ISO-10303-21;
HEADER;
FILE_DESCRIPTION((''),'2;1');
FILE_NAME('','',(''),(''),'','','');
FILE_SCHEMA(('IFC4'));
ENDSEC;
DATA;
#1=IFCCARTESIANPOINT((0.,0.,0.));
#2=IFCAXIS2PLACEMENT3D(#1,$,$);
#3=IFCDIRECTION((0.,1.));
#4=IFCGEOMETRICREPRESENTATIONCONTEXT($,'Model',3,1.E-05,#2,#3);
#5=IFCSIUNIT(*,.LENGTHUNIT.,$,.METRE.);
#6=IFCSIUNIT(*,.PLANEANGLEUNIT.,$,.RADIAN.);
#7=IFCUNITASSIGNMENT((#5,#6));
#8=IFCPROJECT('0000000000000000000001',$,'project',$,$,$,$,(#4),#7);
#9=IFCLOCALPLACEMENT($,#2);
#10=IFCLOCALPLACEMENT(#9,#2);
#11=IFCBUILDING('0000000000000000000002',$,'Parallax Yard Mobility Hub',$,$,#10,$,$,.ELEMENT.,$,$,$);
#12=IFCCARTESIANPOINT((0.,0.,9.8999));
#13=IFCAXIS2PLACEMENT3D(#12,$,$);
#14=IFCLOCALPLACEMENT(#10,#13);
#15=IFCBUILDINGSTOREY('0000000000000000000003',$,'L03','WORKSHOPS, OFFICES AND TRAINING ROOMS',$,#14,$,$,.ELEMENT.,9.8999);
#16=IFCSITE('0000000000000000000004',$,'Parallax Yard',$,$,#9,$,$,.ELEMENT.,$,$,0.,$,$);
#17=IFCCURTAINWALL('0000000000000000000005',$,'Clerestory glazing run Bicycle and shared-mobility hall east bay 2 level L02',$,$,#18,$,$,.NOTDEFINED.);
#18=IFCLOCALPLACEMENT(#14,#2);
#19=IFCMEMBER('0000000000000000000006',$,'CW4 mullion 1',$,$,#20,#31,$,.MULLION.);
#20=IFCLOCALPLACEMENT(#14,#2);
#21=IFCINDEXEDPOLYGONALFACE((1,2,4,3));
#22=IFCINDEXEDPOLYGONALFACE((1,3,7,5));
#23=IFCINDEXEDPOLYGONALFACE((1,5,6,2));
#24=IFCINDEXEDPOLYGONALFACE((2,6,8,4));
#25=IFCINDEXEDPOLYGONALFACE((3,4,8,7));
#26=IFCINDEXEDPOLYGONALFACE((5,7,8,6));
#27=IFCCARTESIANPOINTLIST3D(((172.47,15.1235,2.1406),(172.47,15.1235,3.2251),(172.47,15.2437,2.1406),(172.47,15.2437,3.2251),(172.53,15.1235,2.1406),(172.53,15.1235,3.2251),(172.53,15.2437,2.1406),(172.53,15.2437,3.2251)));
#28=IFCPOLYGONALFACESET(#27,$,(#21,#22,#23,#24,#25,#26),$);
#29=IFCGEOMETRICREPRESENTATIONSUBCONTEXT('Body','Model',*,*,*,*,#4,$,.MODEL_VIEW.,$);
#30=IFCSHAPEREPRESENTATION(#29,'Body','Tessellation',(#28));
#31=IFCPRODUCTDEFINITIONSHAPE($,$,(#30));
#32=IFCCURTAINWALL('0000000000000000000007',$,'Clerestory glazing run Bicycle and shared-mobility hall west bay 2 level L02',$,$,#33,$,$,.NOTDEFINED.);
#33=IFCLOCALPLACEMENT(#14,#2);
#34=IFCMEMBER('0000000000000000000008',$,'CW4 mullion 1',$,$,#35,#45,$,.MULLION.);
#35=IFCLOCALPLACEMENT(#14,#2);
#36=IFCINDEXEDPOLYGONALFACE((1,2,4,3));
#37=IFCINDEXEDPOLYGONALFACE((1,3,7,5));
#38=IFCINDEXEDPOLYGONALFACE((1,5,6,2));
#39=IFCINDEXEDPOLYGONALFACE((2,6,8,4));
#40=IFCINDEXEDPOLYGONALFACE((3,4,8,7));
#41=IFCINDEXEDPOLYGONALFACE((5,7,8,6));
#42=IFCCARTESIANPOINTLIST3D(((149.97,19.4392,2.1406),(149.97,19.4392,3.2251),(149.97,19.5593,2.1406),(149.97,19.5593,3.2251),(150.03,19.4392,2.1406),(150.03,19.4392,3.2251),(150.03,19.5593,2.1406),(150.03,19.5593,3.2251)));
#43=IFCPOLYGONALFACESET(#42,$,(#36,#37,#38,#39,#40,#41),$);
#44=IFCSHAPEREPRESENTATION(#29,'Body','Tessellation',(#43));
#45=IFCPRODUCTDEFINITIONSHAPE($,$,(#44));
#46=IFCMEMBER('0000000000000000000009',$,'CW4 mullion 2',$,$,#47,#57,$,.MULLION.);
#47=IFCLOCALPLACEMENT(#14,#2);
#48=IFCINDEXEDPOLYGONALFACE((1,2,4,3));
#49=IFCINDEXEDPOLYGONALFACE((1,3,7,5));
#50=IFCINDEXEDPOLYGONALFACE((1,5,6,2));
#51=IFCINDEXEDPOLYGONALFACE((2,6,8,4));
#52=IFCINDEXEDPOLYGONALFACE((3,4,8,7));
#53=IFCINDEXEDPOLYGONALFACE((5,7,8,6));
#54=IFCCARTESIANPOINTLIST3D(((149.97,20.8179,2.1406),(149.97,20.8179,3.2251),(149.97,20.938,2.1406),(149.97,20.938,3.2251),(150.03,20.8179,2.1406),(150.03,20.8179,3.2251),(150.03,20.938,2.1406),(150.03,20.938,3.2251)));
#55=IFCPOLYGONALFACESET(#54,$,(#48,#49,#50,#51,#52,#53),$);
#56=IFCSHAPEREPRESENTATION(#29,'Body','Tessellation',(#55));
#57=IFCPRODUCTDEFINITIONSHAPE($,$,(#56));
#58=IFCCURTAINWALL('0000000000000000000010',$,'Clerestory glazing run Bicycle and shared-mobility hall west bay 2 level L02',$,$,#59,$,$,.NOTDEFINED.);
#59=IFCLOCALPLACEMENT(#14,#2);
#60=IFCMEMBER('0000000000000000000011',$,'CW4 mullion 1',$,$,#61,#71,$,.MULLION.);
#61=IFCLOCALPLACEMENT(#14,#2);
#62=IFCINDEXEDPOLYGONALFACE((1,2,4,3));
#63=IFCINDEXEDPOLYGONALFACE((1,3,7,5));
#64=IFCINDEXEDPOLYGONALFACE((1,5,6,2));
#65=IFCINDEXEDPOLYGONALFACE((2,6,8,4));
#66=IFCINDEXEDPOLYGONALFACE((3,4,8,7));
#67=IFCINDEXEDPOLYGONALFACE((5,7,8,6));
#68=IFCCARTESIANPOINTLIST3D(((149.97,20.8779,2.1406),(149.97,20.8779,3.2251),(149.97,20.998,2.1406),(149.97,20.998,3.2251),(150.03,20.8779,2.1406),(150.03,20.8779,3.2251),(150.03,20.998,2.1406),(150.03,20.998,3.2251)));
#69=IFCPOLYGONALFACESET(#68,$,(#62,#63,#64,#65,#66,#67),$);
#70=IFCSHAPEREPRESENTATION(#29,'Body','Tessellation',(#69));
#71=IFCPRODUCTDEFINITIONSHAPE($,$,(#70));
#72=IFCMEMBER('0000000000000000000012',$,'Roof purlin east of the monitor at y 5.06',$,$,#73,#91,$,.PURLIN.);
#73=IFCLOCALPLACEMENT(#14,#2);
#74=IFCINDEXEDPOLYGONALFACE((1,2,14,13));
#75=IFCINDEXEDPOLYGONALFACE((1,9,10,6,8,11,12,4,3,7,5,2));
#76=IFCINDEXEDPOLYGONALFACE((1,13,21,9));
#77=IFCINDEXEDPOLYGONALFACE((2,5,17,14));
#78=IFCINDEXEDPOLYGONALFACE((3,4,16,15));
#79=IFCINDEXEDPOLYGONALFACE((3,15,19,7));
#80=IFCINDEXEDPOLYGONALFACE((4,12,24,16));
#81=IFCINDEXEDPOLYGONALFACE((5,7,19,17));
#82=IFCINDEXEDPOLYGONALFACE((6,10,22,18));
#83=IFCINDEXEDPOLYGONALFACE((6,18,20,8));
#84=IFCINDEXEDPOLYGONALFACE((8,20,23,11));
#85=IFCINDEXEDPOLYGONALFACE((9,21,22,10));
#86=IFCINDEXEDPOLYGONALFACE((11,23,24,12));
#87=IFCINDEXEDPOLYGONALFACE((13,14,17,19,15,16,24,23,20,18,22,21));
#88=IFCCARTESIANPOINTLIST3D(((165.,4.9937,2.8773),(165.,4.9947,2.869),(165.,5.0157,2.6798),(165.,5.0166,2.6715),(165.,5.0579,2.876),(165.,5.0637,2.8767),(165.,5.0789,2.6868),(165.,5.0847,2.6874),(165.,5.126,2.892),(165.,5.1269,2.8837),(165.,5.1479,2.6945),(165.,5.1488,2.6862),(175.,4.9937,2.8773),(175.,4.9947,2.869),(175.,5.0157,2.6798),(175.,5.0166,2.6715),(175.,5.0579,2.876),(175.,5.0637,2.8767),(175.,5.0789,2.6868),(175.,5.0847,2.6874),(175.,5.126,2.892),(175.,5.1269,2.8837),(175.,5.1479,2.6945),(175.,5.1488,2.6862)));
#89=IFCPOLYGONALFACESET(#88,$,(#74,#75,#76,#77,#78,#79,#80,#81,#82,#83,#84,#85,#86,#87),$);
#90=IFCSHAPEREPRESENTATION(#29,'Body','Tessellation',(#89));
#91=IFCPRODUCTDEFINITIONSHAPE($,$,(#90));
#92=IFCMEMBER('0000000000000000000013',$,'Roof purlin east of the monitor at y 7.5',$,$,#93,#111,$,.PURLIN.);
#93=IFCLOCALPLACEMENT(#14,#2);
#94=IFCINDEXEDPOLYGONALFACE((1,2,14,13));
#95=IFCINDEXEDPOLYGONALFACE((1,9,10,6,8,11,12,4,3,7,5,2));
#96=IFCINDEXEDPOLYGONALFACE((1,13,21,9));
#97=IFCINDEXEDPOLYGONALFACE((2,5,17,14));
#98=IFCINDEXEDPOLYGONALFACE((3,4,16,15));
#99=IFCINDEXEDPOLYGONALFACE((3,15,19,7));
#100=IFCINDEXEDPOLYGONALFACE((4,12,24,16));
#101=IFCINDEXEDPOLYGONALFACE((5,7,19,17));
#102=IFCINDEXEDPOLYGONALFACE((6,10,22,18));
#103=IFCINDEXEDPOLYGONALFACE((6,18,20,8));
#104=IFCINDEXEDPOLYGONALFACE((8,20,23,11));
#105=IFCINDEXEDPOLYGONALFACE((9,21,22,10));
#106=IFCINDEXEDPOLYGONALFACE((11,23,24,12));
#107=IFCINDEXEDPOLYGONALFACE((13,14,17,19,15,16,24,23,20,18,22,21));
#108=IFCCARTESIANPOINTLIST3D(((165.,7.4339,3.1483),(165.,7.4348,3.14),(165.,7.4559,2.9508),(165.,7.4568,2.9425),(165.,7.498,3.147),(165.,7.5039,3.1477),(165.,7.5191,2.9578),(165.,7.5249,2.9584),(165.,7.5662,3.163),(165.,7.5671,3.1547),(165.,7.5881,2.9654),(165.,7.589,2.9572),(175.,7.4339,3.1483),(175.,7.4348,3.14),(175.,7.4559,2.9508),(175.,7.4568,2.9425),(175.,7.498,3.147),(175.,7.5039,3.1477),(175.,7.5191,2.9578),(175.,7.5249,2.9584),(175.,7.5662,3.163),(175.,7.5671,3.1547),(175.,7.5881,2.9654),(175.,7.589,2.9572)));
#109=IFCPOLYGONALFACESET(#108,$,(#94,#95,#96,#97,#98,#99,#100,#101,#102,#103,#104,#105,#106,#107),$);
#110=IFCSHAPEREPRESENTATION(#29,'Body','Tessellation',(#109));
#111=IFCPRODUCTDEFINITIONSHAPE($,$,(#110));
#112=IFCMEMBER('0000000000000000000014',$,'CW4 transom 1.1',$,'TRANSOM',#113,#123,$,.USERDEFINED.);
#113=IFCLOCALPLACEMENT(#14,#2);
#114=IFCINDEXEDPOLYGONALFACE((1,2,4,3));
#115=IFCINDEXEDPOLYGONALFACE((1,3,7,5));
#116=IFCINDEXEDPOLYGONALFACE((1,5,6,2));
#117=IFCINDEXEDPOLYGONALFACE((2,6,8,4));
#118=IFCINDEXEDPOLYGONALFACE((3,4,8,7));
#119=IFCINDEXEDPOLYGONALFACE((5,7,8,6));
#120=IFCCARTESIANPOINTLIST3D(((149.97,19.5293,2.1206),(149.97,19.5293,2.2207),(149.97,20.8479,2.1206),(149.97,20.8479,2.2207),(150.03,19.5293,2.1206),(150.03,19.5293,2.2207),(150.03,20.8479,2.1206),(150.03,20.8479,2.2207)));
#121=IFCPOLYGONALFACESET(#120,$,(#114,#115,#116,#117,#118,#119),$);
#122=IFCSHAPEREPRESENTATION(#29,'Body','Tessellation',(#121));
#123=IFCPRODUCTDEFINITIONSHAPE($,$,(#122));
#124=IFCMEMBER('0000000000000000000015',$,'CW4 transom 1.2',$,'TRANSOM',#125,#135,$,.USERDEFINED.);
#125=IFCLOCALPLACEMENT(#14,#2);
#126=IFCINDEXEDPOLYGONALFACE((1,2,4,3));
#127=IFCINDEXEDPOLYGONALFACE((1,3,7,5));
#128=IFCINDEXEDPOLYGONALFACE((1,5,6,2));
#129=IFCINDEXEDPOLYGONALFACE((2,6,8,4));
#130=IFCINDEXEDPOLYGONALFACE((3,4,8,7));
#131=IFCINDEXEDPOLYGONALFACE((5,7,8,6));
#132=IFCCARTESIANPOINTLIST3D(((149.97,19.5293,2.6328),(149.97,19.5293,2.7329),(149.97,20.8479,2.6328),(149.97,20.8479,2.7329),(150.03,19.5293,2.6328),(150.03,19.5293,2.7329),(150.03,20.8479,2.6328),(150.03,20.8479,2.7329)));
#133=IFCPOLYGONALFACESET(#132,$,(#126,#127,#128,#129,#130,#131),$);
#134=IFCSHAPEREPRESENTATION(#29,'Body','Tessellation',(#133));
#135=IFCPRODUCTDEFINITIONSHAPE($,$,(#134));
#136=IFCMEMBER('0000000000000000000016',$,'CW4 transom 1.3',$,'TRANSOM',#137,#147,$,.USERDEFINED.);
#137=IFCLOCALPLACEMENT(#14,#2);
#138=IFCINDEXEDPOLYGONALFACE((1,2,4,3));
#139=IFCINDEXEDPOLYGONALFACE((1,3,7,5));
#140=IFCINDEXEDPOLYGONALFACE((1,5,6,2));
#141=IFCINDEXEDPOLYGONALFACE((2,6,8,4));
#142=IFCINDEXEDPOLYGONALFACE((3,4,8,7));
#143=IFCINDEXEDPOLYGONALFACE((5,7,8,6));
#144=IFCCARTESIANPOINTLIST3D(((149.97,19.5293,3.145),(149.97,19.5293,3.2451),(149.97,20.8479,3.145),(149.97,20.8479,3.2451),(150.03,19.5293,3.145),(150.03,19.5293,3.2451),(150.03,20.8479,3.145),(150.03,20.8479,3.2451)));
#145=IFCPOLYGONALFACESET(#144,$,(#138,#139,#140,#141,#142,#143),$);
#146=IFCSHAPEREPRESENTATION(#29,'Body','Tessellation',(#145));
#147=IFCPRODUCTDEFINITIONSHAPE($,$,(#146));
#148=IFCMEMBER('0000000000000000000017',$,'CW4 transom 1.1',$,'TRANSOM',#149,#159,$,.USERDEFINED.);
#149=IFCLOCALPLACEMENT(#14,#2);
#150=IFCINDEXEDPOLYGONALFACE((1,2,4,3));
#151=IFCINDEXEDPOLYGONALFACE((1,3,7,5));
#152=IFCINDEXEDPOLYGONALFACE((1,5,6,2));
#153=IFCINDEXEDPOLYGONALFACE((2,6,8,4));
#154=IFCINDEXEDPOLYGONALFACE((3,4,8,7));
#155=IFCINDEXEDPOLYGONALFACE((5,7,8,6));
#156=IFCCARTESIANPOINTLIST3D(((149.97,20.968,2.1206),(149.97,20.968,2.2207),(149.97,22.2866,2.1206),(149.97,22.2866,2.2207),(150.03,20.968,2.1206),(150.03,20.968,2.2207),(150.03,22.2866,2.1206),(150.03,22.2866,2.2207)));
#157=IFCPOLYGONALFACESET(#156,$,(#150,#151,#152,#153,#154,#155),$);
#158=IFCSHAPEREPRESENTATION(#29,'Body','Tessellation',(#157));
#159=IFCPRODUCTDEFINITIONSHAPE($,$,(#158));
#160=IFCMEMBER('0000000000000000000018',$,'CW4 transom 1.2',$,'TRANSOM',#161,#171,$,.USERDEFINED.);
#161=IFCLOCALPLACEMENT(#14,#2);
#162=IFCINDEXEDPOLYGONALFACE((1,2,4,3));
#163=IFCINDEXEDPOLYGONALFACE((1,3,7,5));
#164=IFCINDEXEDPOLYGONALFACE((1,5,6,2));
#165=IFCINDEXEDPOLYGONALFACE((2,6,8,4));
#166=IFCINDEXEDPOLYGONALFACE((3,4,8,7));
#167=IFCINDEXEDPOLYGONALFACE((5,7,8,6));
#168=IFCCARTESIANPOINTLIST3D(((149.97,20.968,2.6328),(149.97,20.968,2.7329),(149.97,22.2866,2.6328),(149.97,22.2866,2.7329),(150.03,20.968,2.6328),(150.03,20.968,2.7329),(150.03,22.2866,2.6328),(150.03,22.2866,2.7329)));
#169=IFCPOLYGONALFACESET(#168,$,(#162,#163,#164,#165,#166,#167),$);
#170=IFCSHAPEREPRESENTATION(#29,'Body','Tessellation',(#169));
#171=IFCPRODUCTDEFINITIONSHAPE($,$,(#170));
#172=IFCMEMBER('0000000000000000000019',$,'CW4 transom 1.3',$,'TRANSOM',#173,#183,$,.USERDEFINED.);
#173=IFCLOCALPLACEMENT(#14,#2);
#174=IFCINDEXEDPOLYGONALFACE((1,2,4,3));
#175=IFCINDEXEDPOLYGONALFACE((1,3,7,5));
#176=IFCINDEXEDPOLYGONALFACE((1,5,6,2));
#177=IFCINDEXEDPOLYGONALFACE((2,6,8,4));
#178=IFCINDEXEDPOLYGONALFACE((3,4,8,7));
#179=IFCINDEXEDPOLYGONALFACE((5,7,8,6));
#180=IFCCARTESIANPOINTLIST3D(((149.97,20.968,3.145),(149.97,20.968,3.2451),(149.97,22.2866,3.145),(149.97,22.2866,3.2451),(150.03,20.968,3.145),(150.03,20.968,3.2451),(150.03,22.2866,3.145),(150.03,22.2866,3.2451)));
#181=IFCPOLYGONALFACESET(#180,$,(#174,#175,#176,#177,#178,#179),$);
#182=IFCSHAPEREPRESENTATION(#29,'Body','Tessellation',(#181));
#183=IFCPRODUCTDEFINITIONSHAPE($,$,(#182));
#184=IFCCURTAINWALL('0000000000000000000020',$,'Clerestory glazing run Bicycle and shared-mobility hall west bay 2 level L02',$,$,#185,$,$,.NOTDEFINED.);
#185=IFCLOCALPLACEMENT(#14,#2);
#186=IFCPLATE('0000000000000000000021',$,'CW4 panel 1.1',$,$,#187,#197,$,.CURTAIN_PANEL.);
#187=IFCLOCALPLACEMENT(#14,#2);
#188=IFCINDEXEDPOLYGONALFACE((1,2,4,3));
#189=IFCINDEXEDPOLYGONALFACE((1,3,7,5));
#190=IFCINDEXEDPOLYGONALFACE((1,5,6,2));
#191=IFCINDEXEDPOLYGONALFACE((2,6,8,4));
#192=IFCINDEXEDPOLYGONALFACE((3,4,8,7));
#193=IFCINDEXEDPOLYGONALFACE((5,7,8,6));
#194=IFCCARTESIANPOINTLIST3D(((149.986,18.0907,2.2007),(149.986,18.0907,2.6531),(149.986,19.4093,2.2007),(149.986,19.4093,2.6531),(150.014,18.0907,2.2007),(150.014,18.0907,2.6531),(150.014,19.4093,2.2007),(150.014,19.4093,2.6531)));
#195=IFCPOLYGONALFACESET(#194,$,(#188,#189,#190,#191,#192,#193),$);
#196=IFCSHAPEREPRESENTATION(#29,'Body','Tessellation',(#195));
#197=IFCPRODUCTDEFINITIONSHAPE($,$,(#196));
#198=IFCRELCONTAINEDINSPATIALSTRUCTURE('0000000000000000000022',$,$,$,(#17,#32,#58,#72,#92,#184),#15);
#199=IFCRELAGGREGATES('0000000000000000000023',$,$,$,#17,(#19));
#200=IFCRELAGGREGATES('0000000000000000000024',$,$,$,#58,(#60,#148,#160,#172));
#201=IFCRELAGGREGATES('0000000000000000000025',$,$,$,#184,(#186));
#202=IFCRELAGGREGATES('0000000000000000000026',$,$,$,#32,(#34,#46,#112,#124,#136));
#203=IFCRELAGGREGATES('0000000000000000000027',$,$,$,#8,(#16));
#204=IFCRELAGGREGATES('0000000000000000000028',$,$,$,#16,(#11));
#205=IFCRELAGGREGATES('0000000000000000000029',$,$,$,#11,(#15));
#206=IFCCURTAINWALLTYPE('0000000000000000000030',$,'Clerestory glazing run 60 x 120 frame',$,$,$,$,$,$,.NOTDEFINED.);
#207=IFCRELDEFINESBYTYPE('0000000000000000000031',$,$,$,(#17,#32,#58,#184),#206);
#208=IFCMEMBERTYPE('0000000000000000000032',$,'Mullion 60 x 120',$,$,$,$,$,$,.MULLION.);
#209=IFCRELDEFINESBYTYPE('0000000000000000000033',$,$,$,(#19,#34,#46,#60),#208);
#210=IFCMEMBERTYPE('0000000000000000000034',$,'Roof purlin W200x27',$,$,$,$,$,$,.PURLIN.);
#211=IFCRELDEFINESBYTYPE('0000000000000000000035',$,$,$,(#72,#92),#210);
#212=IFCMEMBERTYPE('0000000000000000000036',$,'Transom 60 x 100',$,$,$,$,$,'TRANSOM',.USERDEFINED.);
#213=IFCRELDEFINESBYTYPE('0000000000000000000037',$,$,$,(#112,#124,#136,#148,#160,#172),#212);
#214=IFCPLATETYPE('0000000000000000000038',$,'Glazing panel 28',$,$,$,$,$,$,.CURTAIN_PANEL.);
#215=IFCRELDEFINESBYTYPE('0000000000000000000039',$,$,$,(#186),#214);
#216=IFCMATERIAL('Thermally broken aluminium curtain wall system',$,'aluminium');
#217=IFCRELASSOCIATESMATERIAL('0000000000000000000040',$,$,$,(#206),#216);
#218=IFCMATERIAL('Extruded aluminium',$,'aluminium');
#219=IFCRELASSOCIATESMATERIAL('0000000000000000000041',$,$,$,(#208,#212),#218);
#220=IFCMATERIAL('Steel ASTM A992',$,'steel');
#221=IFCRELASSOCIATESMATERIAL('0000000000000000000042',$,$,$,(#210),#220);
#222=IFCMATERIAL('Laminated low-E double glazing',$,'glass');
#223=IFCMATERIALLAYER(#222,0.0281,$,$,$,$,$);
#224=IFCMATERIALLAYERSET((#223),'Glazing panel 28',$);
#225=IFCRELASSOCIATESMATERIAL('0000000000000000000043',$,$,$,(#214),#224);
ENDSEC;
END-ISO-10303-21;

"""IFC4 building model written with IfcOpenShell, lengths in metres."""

from ifc_helpers import new_model, si_unit, direction, frame, origin, origin_2d, place, context, subcontext, project, spatial, rectangle, i_section, extrude, material, layer, layer_set, material_profile, profile_set, type_object, element, aggregate, save


model = new_model("IFC4")

# Units and contexts
model_context = context("Model", 3, precision=1e-05, world=origin(), true_north=direction((0.0, 1.0)))
body_context = subcontext(model_context, "Body", "Model", "MODEL_VIEW")
ifc_project = project(units=[si_unit("LENGTHUNIT", "METRE"), si_unit("PLANEANGLEUNIT", "RADIAN")], contexts=[model_context])

# Site, building, storey
site_placement = place(None, origin())
site = spatial("IfcSite", under=ifc_project, at=site_placement, Name="Parallax Yard", CompositionType="ELEMENT", RefElevation=0.0)
building_placement = place(site_placement, origin())
building = spatial("IfcBuilding", under=site, at=building_placement, Name="Parallax Yard Mobility Hub", CompositionType="ELEMENT")
storey_placement = place(building_placement, frame((0.0, 0.0, 9.8999)))
storey = spatial("IfcBuildingStorey", under=building, at=storey_placement, Name="L03", Description="WORKSHOPS, OFFICES AND TRAINING ROOMS", CompositionType="ELEMENT", Elevation=9.8999)

# Shared definitions
ifc_material_1 = material(Name="Steel ASTM A992", Category="steel")

# Curtain wall, member
ifc_material_2 = material(Name="Thermally broken aluminium curtain wall system", Category="aluminium")
curtain_wall_type = type_object("IfcCurtainWallType", Name="Clerestory glazing run 60 x 120 frame", PredefinedType="NOTDEFINED", material=ifc_material_2)
curtain_wall_1_placement = place(storey_placement, origin())
curtain_wall_1 = element("IfcCurtainWall", 1, at=curtain_wall_1_placement, inside=storey, type_object=curtain_wall_type, Name="Clerestory glazing run Bicycle and shared-mobility hall east bay 2 level L02", PredefinedType="NOTDEFINED")
ifc_material_3 = material(Name="Extruded aluminium", Category="aluminium")
ifc_material_profile_1 = material_profile(ifc_material_3, rectangle(XDim=0.0601, YDim=0.1201, at=origin_2d()), Name="Mullion 60 x 120")
ifc_profile_set_1 = profile_set([ifc_material_profile_1], Name="Extruded aluminium")
member_type_1 = type_object("IfcMemberType", Name="Mullion 60 x 120", PredefinedType="MULLION", material=ifc_profile_set_1)
member_1_placement = place(storey_placement, frame((172.5, 15.1836, 2.1406), z_axis=(0.0, 0.0, 1.0), x_axis=(-1.0, 0.0, 0.0)))
member_1 = element("IfcMember", 2, at=member_1_placement, type_object=member_type_1, Name="CW4 mullion 1", PredefinedType="MULLION", context=body_context, shape_type="SweptSolid", body=[
    extrude(rectangle(XDim=0.0601, YDim=0.1201, at=origin_2d()), origin(), (0.0, 0.0, 1.0), 1.0845),
])
aggregate(curtain_wall_1, [member_1])

# Curtain wall, members
curtain_wall_2_placement = place(storey_placement, origin())
curtain_wall_2 = element("IfcCurtainWall", 3, at=curtain_wall_2_placement, inside=storey, type_object=curtain_wall_type, Name="Clerestory glazing run Bicycle and shared-mobility hall west bay 2 level L02", PredefinedType="NOTDEFINED")
member_2_placement = place(storey_placement, frame((150.0, 19.4993, 2.1406), z_axis=(0.0, 0.0, 1.0), x_axis=(-1.0, 0.0, 0.0)))
member_2 = element("IfcMember", 4, at=member_2_placement, type_object=member_type_1, Name="CW4 mullion 1", PredefinedType="MULLION", context=body_context, shape_type="SweptSolid", body=[
    extrude(rectangle(XDim=0.0601, YDim=0.1201, at=origin_2d()), origin(), (0.0, 0.0, 1.0), 1.0845),
])
member_3_placement = place(storey_placement, frame((150.0, 20.8779, 2.1406), z_axis=(0.0, 0.0, 1.0), x_axis=(-1.0, 0.0, 0.0)))
member_3 = element("IfcMember", 5, at=member_3_placement, type_object=member_type_1, Name="CW4 mullion 2", PredefinedType="MULLION", context=body_context, shape_type="SweptSolid", body=[
    extrude(rectangle(XDim=0.0601, YDim=0.1201, at=origin_2d()), origin(), (0.0, 0.0, 1.0), 1.0845),
])

# Curtain wall, member
curtain_wall_3_placement = place(storey_placement, origin())
curtain_wall_3 = element("IfcCurtainWall", 6, at=curtain_wall_3_placement, inside=storey, type_object=curtain_wall_type, Name="Clerestory glazing run Bicycle and shared-mobility hall west bay 2 level L02", PredefinedType="NOTDEFINED")
member_4_placement = place(storey_placement, frame((150.0, 20.938, 2.1406), z_axis=(0.0, 0.0, 1.0), x_axis=(-1.0, 0.0, 0.0)))
member_4 = element("IfcMember", 7, at=member_4_placement, type_object=member_type_1, Name="CW4 mullion 1", PredefinedType="MULLION", context=body_context, shape_type="SweptSolid", body=[
    extrude(rectangle(XDim=0.0601, YDim=0.1201, at=origin_2d()), origin(), (0.0, 0.0, 1.0), 1.0845),
])

# Members
ifc_material_profile_2 = material_profile(ifc_material_1, i_section(OverallWidth=0.1331, OverallDepth=0.207, WebThickness=0.0059, FlangeThickness=0.0083, at=origin_2d()), Name="W200x27")
ifc_profile_set_2 = profile_set([ifc_material_profile_2], Name="Steel ASTM A992")
member_type_2 = type_object("IfcMemberType", Name="Roof purlin W200x27", PredefinedType="PURLIN", material=ifc_profile_set_2)
for number, where, z_axis, x_axis, name in (
    (8, (165.0, 5.0713, 2.7817), (1.0, 0.0, 0.0), (0.0, 0.993884, 0.110432), "Roof purlin east of the monitor at y 5.06"),
    (9, (165.0, 7.5115, 3.0527), (1.0, 0.0, 0.0), (0.0, 0.993884, 0.110432), "Roof purlin east of the monitor at y 7.5"),
):
    element("IfcMember", number, at=place(storey_placement, frame(where, z_axis=z_axis, x_axis=x_axis)), inside=storey, type_object=member_type_2, Name=name, PredefinedType="PURLIN", context=body_context, shape_type="SweptSolid", body=[
        extrude(i_section(OverallWidth=0.1331, OverallDepth=0.207, WebThickness=0.0059, FlangeThickness=0.0083, at=origin_2d()), origin(), (0.0, 0.0, 1.0), 10.0),
    ])

# Members
ifc_material_profile_3 = material_profile(ifc_material_3, rectangle(XDim=0.0601, YDim=0.1001, at=origin_2d()), Name="Transom 60 x 100")
ifc_profile_set_3 = profile_set([ifc_material_profile_3], Name="Extruded aluminium")
member_type_3 = type_object("IfcMemberType", Name="Transom 60 x 100", ElementType="TRANSOM", PredefinedType="USERDEFINED", material=ifc_profile_set_3)
member_5_placement = place(storey_placement, frame((150.0, 19.5293, 2.1707), z_axis=(0.0, 1.0, 0.0), x_axis=(-1.0, 0.0, 0.0)))
member_5 = element("IfcMember", 10, at=member_5_placement, type_object=member_type_3, Name="CW4 transom 1.1", ObjectType="TRANSOM", PredefinedType="USERDEFINED", context=body_context, shape_type="SweptSolid", body=[
    extrude(rectangle(XDim=0.0601, YDim=0.1001, at=origin_2d()), origin(), (0.0, 0.0, 1.0), 1.3186),
])
member_6_placement = place(storey_placement, frame((150.0, 19.5293, 2.6829), z_axis=(0.0, 1.0, 0.0), x_axis=(-1.0, 0.0, 0.0)))
member_6 = element("IfcMember", 11, at=member_6_placement, type_object=member_type_3, Name="CW4 transom 1.2", ObjectType="TRANSOM", PredefinedType="USERDEFINED", context=body_context, shape_type="SweptSolid", body=[
    extrude(rectangle(XDim=0.0601, YDim=0.1001, at=origin_2d()), origin(), (0.0, 0.0, 1.0), 1.3186),
])
member_7_placement = place(storey_placement, frame((150.0, 19.5293, 3.1951), z_axis=(0.0, 1.0, 0.0), x_axis=(-1.0, 0.0, 0.0)))
member_7 = element("IfcMember", 12, at=member_7_placement, type_object=member_type_3, Name="CW4 transom 1.3", ObjectType="TRANSOM", PredefinedType="USERDEFINED", context=body_context, shape_type="SweptSolid", body=[
    extrude(rectangle(XDim=0.0601, YDim=0.1001, at=origin_2d()), origin(), (0.0, 0.0, 1.0), 1.3186),
])
member_8_placement = place(storey_placement, frame((150.0, 20.968, 2.1707), z_axis=(0.0, 1.0, 0.0), x_axis=(-1.0, 0.0, 0.0)))
member_8 = element("IfcMember", 13, at=member_8_placement, type_object=member_type_3, Name="CW4 transom 1.1", ObjectType="TRANSOM", PredefinedType="USERDEFINED", context=body_context, shape_type="SweptSolid", body=[
    extrude(rectangle(XDim=0.0601, YDim=0.1001, at=origin_2d()), origin(), (0.0, 0.0, 1.0), 1.3186),
])
member_9_placement = place(storey_placement, frame((150.0, 20.968, 2.6829), z_axis=(0.0, 1.0, 0.0), x_axis=(-1.0, 0.0, 0.0)))
member_9 = element("IfcMember", 14, at=member_9_placement, type_object=member_type_3, Name="CW4 transom 1.2", ObjectType="TRANSOM", PredefinedType="USERDEFINED", context=body_context, shape_type="SweptSolid", body=[
    extrude(rectangle(XDim=0.0601, YDim=0.1001, at=origin_2d()), origin(), (0.0, 0.0, 1.0), 1.3186),
])
member_10_placement = place(storey_placement, frame((150.0, 20.968, 3.1951), z_axis=(0.0, 1.0, 0.0), x_axis=(-1.0, 0.0, 0.0)))
member_10 = element("IfcMember", 15, at=member_10_placement, type_object=member_type_3, Name="CW4 transom 1.3", ObjectType="TRANSOM", PredefinedType="USERDEFINED", context=body_context, shape_type="SweptSolid", body=[
    extrude(rectangle(XDim=0.0601, YDim=0.1001, at=origin_2d()), origin(), (0.0, 0.0, 1.0), 1.3186),
])
aggregate(curtain_wall_3, [member_4, member_8, member_9, member_10])

# Curtain wall, plate
curtain_wall_4_placement = place(storey_placement, origin())
curtain_wall_4 = element("IfcCurtainWall", 16, at=curtain_wall_4_placement, inside=storey, type_object=curtain_wall_type, Name="Clerestory glazing run Bicycle and shared-mobility hall west bay 2 level L02", PredefinedType="NOTDEFINED")
ifc_material_4 = material(Name="Laminated low-E double glazing", Category="glass")
ifc_layer_1 = layer(ifc_material_4, 0.0281)
ifc_layer_set_1 = layer_set([ifc_layer_1], Name="Glazing panel 28")
plate_type = type_object("IfcPlateType", Name="Glazing panel 28", PredefinedType="CURTAIN_PANEL", material=ifc_layer_set_1)
plate_1_placement = place(storey_placement, frame((150.0, 18.75, 2.2007), z_axis=(0.0, 0.0, 1.0), x_axis=(0.0, 1.0, 0.0)))
plate_1 = element("IfcPlate", 17, at=plate_1_placement, type_object=plate_type, Name="CW4 panel 1.1", PredefinedType="CURTAIN_PANEL", context=body_context, shape_type="SweptSolid", body=[
    extrude(rectangle(XDim=1.3186, YDim=0.0281, at=origin_2d()), origin(), (0.0, 0.0, 1.0), 0.4524),
])
aggregate(curtain_wall_4, [plate_1])

aggregate(curtain_wall_2, [member_2, member_3, member_5, member_6, member_7])

save(model, "model.ifc")
